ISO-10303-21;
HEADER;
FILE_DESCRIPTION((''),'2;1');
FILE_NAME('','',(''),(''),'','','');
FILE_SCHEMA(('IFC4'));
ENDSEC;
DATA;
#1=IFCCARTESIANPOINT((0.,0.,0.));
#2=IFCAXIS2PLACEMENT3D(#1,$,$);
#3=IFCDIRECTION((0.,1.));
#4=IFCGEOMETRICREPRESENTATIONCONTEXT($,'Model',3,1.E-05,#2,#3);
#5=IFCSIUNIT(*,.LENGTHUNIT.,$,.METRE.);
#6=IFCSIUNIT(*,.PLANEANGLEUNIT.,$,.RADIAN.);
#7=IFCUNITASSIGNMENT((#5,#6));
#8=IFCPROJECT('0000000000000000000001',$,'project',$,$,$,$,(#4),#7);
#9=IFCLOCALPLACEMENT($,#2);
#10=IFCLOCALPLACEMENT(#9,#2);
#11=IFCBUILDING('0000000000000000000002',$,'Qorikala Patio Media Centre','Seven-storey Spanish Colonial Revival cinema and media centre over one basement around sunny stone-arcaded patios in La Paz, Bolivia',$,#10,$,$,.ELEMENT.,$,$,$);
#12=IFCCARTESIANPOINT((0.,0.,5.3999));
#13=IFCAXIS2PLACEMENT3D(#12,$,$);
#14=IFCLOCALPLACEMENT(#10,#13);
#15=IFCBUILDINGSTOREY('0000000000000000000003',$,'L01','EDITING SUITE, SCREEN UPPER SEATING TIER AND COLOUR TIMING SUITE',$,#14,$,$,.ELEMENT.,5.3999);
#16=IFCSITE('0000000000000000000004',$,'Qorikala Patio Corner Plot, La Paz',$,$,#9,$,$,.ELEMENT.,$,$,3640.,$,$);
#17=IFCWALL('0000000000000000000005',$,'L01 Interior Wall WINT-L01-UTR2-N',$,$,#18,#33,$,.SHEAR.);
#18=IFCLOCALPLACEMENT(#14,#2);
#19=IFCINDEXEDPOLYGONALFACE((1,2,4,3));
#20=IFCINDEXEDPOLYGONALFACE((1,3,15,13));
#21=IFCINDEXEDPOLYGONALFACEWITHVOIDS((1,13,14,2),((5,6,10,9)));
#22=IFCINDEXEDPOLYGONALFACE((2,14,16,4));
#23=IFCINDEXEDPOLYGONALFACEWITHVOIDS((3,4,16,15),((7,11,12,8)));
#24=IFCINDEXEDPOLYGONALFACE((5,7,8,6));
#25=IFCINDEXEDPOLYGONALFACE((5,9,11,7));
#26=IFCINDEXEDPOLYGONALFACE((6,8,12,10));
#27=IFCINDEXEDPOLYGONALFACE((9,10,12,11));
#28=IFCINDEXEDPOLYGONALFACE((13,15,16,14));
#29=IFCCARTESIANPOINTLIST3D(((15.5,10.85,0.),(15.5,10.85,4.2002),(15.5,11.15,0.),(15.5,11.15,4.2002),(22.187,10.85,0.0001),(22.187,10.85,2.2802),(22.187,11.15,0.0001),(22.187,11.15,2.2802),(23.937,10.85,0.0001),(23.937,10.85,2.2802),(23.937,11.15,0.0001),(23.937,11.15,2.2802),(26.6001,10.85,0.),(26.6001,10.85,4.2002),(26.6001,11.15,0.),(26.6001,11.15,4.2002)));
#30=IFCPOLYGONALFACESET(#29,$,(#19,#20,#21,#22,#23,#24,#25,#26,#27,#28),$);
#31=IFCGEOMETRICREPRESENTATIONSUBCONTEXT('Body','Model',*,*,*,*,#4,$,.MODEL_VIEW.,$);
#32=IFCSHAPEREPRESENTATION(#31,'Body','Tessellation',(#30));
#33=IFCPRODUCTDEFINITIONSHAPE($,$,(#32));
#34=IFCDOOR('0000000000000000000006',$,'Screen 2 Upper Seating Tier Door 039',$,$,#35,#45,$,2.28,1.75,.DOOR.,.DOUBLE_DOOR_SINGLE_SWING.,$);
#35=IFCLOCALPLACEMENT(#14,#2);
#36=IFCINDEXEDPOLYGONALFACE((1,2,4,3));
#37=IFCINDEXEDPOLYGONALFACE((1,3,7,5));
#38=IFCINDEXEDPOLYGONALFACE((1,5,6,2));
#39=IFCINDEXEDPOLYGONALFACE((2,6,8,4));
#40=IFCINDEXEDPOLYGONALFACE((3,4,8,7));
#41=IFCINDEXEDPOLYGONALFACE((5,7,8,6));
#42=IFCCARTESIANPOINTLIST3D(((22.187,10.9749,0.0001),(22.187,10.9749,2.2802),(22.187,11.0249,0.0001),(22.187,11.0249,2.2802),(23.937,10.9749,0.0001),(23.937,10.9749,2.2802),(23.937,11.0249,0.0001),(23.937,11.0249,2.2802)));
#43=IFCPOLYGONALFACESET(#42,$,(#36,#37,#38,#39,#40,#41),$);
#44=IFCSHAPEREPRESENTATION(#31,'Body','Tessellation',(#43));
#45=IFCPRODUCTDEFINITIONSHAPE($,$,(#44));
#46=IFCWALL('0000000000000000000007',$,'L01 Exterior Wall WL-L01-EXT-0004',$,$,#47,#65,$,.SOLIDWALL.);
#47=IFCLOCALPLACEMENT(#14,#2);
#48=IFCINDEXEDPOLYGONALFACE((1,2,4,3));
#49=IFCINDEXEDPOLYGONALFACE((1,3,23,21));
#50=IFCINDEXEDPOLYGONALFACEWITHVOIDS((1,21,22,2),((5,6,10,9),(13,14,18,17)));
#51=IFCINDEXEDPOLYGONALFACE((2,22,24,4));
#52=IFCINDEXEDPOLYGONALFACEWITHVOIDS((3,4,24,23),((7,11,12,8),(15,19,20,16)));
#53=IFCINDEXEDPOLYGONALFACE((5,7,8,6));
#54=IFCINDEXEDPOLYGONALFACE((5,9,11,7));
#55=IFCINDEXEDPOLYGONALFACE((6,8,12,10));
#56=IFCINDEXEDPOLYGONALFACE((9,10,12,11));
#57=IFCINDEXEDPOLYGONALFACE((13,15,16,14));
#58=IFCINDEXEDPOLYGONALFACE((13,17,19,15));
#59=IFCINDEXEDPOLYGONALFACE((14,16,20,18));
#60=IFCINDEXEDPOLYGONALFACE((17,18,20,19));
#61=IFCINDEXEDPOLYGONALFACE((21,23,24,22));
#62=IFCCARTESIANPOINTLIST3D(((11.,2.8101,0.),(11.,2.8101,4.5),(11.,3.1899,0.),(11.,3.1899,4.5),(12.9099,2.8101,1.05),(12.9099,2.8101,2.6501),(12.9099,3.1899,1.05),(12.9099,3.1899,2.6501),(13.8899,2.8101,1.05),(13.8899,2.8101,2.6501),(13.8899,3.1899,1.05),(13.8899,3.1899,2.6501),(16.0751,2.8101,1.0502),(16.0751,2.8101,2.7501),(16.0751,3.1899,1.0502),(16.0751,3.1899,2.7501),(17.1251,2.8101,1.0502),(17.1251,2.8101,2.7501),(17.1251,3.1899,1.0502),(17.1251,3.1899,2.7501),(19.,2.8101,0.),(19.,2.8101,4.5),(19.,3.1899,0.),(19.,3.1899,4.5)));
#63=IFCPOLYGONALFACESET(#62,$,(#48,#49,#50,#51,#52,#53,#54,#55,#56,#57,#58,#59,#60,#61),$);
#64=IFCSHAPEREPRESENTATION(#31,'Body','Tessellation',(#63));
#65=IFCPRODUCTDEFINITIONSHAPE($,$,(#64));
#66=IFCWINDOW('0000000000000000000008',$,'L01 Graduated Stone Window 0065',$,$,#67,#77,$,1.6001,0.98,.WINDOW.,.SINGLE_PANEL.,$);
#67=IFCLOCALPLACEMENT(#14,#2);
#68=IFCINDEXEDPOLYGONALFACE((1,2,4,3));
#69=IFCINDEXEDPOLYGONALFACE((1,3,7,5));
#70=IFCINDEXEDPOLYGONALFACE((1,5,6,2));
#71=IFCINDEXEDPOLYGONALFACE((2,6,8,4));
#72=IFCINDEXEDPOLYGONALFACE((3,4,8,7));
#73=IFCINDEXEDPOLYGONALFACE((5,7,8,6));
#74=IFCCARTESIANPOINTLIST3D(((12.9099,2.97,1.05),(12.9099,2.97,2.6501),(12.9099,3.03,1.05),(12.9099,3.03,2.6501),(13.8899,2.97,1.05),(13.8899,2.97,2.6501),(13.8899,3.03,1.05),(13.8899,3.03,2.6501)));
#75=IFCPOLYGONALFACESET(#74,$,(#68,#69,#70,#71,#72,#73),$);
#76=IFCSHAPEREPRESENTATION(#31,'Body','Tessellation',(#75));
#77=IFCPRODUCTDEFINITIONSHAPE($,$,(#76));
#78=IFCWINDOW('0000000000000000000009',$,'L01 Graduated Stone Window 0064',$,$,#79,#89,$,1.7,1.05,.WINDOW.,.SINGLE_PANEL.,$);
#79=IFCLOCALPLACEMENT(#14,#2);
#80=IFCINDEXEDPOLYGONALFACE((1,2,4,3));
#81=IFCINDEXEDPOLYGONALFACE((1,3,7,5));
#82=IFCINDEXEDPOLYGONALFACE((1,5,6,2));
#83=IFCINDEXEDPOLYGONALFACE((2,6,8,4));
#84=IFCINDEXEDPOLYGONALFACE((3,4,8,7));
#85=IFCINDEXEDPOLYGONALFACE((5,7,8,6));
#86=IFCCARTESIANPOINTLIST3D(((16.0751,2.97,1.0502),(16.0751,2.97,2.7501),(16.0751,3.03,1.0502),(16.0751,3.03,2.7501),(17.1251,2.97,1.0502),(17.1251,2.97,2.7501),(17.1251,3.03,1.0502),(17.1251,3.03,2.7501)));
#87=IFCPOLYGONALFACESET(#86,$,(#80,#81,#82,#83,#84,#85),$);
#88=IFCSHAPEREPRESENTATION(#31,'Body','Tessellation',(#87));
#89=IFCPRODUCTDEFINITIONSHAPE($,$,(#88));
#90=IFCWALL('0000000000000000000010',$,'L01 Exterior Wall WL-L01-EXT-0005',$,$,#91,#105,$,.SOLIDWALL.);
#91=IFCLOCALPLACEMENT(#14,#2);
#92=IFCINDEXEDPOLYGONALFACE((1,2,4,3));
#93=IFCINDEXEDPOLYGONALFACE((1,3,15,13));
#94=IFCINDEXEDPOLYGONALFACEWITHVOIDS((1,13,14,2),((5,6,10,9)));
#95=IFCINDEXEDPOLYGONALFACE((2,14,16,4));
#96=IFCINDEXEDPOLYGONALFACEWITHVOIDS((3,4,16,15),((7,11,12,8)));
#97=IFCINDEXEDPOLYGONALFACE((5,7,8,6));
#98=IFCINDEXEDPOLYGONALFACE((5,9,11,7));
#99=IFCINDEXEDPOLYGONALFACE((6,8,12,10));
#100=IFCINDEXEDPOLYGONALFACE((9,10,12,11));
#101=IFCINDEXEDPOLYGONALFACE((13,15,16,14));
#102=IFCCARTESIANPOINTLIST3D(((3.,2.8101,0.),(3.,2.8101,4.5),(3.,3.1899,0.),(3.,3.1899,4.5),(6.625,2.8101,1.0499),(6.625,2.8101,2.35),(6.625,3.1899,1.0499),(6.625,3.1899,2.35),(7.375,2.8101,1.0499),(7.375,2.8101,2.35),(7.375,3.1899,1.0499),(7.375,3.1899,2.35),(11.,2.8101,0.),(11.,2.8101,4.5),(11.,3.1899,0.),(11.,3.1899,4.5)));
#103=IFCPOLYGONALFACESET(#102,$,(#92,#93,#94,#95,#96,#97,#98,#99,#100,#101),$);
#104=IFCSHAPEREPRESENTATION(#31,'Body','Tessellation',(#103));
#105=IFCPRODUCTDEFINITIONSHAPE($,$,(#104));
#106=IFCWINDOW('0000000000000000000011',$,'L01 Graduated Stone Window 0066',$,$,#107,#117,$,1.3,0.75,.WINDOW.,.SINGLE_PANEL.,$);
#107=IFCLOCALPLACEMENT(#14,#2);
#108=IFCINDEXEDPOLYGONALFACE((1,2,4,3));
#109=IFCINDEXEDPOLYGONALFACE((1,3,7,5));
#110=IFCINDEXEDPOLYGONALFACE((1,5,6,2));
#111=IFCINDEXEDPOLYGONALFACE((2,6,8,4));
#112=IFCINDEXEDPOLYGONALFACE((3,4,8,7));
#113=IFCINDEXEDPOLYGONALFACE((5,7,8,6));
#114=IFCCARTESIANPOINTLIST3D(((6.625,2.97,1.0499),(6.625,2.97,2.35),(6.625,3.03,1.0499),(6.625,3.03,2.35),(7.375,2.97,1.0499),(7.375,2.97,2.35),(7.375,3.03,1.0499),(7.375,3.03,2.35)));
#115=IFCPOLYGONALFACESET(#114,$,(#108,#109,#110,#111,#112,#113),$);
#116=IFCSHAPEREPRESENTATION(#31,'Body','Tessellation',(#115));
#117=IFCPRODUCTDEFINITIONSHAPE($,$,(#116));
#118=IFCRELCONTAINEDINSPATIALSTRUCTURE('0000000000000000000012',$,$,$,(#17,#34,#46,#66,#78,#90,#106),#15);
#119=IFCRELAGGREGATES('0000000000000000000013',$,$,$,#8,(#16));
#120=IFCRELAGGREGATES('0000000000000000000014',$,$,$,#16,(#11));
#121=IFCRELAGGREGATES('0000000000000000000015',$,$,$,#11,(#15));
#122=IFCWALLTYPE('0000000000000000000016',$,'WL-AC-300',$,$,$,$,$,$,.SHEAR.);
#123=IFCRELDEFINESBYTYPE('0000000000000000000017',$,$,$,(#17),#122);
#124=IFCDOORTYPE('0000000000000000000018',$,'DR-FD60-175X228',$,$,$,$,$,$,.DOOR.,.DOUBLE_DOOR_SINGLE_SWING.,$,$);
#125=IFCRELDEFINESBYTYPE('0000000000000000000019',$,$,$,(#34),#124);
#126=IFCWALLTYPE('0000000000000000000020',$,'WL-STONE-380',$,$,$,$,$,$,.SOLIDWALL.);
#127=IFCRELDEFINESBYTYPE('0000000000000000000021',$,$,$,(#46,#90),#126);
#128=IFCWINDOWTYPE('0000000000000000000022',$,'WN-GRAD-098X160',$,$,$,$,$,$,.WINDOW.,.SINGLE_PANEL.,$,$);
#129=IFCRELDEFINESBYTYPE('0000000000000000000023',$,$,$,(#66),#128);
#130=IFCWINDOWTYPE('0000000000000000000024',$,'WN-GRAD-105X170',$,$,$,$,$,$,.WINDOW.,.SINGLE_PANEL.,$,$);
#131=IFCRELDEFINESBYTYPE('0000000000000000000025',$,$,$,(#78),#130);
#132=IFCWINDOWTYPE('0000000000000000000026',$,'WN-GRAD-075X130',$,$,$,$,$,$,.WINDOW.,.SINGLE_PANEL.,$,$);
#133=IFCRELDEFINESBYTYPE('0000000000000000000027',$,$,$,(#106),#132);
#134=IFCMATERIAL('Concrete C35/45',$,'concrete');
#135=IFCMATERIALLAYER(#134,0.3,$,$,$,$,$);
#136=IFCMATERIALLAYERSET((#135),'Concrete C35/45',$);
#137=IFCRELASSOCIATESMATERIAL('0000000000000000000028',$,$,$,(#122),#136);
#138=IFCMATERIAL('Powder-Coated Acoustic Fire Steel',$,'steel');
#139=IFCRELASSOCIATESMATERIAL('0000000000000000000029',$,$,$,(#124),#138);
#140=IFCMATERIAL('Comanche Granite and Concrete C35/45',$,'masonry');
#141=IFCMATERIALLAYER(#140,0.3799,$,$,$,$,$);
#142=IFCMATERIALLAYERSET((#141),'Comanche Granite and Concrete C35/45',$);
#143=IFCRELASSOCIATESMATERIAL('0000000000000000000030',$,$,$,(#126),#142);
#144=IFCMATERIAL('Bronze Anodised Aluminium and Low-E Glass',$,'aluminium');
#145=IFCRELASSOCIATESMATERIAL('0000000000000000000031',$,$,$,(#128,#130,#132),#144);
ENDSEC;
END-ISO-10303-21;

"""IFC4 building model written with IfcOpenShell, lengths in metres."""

from ifc_helpers import new_model, si_unit, direction, frame, frame_2d, origin, place, context, subcontext, project, spatial, rectangle, extrude, material, layer, layer_set, type_object, element, fill, save


model = new_model("IFC4")

# Units and contexts
model_context = context("Model", 3, precision=1e-05, world=origin(), true_north=direction((0.0, 1.0)))
body_context = subcontext(model_context, "Body", "Model", "MODEL_VIEW")
ifc_project = project(units=[si_unit("LENGTHUNIT", "METRE"), si_unit("PLANEANGLEUNIT", "RADIAN")], contexts=[model_context])

# Site, building, storey
site_placement = place(None, origin())
site = spatial("IfcSite", under=ifc_project, at=site_placement, Name="Qorikala Patio Corner Plot, La Paz", CompositionType="ELEMENT", RefElevation=3640.0)
building_placement = place(site_placement, origin())
building = spatial("IfcBuilding", under=site, at=building_placement, Name="Qorikala Patio Media Centre", Description="Seven-storey Spanish Colonial Revival cinema and media centre over one basement around sunny stone-arcaded patios in La Paz, Bolivia", CompositionType="ELEMENT")
storey_placement = place(building_placement, frame((0.0, 0.0, 5.3999)))
storey = spatial("IfcBuildingStorey", under=building, at=storey_placement, Name="L01", Description="EDITING SUITE, SCREEN UPPER SEATING TIER AND COLOUR TIMING SUITE", CompositionType="ELEMENT", Elevation=5.3999)

# Shared definitions
ifc_material_1 = material(Name="Concrete C35/45", Category="concrete")

# Shared definitions
ifc_layer_1 = layer(ifc_material_1, 0.3)
ifc_layer_set_1 = layer_set([ifc_layer_1], Name="Concrete C35/45")
wall_type_1 = type_object("IfcWallType", Name="WL-AC-300", PredefinedType="SHEAR", material=ifc_layer_set_1)

# Wall, opening, door
wall_1_placement = place(storey_placement, frame((15.5, 11.0, 0.0), z_axis=(0.0, 0.0, 1.0), x_axis=(1.0, 0.0, 0.0)))
wall_1 = element("IfcWall", 1, at=wall_1_placement, inside=storey, type_object=wall_type_1, Name="L01 Interior Wall WINT-L01-UTR2-N", PredefinedType="SHEAR", context=body_context, shape_type="SweptSolid", body=[
    extrude(rectangle(XDim=11.1001, YDim=0.3, at=frame_2d((5.55, 0.0))), origin(), (0.0, 0.0, 1.0), 4.2002),
])
opening_1_placement = place(wall_1_placement, frame((6.687, 0.0, 0.0)))
opening_1 = element("IfcOpeningElement", 2, at=opening_1_placement, cuts=wall_1, PredefinedType="OPENING", context=body_context, shape_type="SweptSolid", body=[
    extrude(rectangle(XDim=1.75, YDim=2.28, at=frame_2d((0.875, 1.1401))), frame((0.0, 0.1599, 0.0), z_axis=(0.0, -1.0, 0.0), x_axis=(1.0, 0.0, 0.0)), (0.0, 0.0, 1.0), 0.3201),
])
ifc_material_2 = material(Name="Powder-Coated Acoustic Fire Steel", Category="steel")
door_type = type_object("IfcDoorType", Name="DR-FD60-175X228", OperationType="DOUBLE_DOOR_SINGLE_SWING", PredefinedType="DOOR", material=ifc_material_2)
door_placement = place(opening_1_placement, origin())
door = element("IfcDoor", 3, at=door_placement, inside=storey, type_object=door_type, Name="Screen 2 Upper Seating Tier Door 039", OperationType="DOUBLE_DOOR_SINGLE_SWING", OverallHeight=2.28, OverallWidth=1.75, PredefinedType="DOOR", context=body_context, shape_type="SweptSolid", body=[
    extrude(rectangle(XDim=1.75, YDim=2.28, at=frame_2d((0.875, 1.1401))), frame((0.0, 0.0249, 0.0), z_axis=(0.0, -1.0, 0.0), x_axis=(1.0, 0.0, 0.0)), (0.0, 0.0, 1.0), 0.05),
])
fill(opening_1, door)

# Wall, openings, windows
ifc_material_3 = material(Name="Comanche Granite and Concrete C35/45", Category="masonry")
ifc_layer_2 = layer(ifc_material_3, 0.3799)
ifc_layer_set_2 = layer_set([ifc_layer_2], Name="Comanche Granite and Concrete C35/45")
wall_type_2 = type_object("IfcWallType", Name="WL-STONE-380", PredefinedType="SOLIDWALL", material=ifc_layer_set_2)
wall_2_placement = place(storey_placement, frame((19.0, 3.0, 0.0), z_axis=(0.0, 0.0, 1.0), x_axis=(-1.0, 0.0, 0.0)))
wall_2 = element("IfcWall", 4, at=wall_2_placement, inside=storey, type_object=wall_type_2, Name="L01 Exterior Wall WL-L01-EXT-0004", PredefinedType="SOLIDWALL", context=body_context, shape_type="SweptSolid", body=[
    extrude(rectangle(XDim=8.0, YDim=0.3799, at=frame_2d((4.0, 0.0))), origin(), (0.0, 0.0, 1.0), 4.5),
])
opening_2_placement = place(wall_2_placement, frame((1.875, 0.0, 1.05)))
opening_2 = element("IfcOpeningElement", 5, at=opening_2_placement, cuts=wall_2, PredefinedType="OPENING", context=body_context, shape_type="SweptSolid", body=[
    extrude(rectangle(XDim=1.05, YDim=1.7, at=frame_2d((0.5249, 0.8501))), frame((0.0, 0.2, 0.0), z_axis=(0.0, -1.0, 0.0), x_axis=(1.0, 0.0, 0.0)), (0.0, 0.0, 1.0), 0.3999),
])
opening_3_placement = place(wall_2_placement, frame((5.1101, 0.0, 1.05)))
opening_3 = element("IfcOpeningElement", 6, at=opening_3_placement, cuts=wall_2, PredefinedType="OPENING", context=body_context, shape_type="SweptSolid", body=[
    extrude(rectangle(XDim=0.98, YDim=1.6001, at=frame_2d((0.49, 0.8))), frame((0.0, 0.2, 0.0), z_axis=(0.0, -1.0, 0.0), x_axis=(1.0, 0.0, 0.0)), (0.0, 0.0, 1.0), 0.3999),
])
ifc_material_4 = material(Name="Bronze Anodised Aluminium and Low-E Glass", Category="aluminium")
window_type_1 = type_object("IfcWindowType", Name="WN-GRAD-098X160", PartitioningType="SINGLE_PANEL", PredefinedType="WINDOW", material=ifc_material_4)
window_1_placement = place(opening_3_placement, origin())
window_1 = element("IfcWindow", 7, at=window_1_placement, inside=storey, type_object=window_type_1, Name="L01 Graduated Stone Window 0065", OverallHeight=1.6001, OverallWidth=0.98, PartitioningType="SINGLE_PANEL", PredefinedType="WINDOW", context=body_context, shape_type="SweptSolid", body=[
    extrude(rectangle(XDim=0.98, YDim=1.6001, at=frame_2d((0.49, 0.8))), frame((0.0, 0.03, 0.0), z_axis=(0.0, -1.0, 0.0), x_axis=(1.0, 0.0, 0.0)), (0.0, 0.0, 1.0), 0.0601),
])
fill(opening_3, window_1)
window_type_2 = type_object("IfcWindowType", Name="WN-GRAD-105X170", PartitioningType="SINGLE_PANEL", PredefinedType="WINDOW", material=ifc_material_4)
window_2_placement = place(opening_2_placement, origin())
window_2 = element("IfcWindow", 8, at=window_2_placement, inside=storey, type_object=window_type_2, Name="L01 Graduated Stone Window 0064", OverallHeight=1.7, OverallWidth=1.05, PartitioningType="SINGLE_PANEL", PredefinedType="WINDOW", context=body_context, shape_type="SweptSolid", body=[
    extrude(rectangle(XDim=1.05, YDim=1.7, at=frame_2d((0.5249, 0.8501))), frame((0.0, 0.03, 0.0), z_axis=(0.0, -1.0, 0.0), x_axis=(1.0, 0.0, 0.0)), (0.0, 0.0, 1.0), 0.0601),
])
fill(opening_2, window_2)

# Wall, opening, window
wall_3_placement = place(storey_placement, frame((11.0, 3.0, 0.0), z_axis=(0.0, 0.0, 1.0), x_axis=(-1.0, 0.0, 0.0)))
wall_3 = element("IfcWall", 9, at=wall_3_placement, inside=storey, type_object=wall_type_2, Name="L01 Exterior Wall WL-L01-EXT-0005", PredefinedType="SOLIDWALL", context=body_context, shape_type="SweptSolid", body=[
    extrude(rectangle(XDim=8.0, YDim=0.3799, at=frame_2d((4.0, 0.0))), origin(), (0.0, 0.0, 1.0), 4.5),
])
opening_4_placement = place(wall_3_placement, frame((3.625, 0.0, 1.05)))
opening_4 = element("IfcOpeningElement", 10, at=opening_4_placement, cuts=wall_3, PredefinedType="OPENING", context=body_context, shape_type="SweptSolid", body=[
    extrude(rectangle(XDim=0.75, YDim=1.3, at=frame_2d((0.375, 0.6499))), frame((0.0, 0.2, 0.0), z_axis=(0.0, -1.0, 0.0), x_axis=(1.0, 0.0, 0.0)), (0.0, 0.0, 1.0), 0.3999),
])
window_type_3 = type_object("IfcWindowType", Name="WN-GRAD-075X130", PartitioningType="SINGLE_PANEL", PredefinedType="WINDOW", material=ifc_material_4)
window_3_placement = place(opening_4_placement, origin())
window_3 = element("IfcWindow", 11, at=window_3_placement, inside=storey, type_object=window_type_3, Name="L01 Graduated Stone Window 0066", OverallHeight=1.3, OverallWidth=0.75, PartitioningType="SINGLE_PANEL", PredefinedType="WINDOW", context=body_context, shape_type="SweptSolid", body=[
    extrude(rectangle(XDim=0.75, YDim=1.3, at=frame_2d((0.375, 0.6499))), frame((0.0, 0.03, 0.0), z_axis=(0.0, -1.0, 0.0), x_axis=(1.0, 0.0, 0.0)), (0.0, 0.0, 1.0), 0.0601),
])
fill(opening_4, window_3)

save(model, "model.ifc")
